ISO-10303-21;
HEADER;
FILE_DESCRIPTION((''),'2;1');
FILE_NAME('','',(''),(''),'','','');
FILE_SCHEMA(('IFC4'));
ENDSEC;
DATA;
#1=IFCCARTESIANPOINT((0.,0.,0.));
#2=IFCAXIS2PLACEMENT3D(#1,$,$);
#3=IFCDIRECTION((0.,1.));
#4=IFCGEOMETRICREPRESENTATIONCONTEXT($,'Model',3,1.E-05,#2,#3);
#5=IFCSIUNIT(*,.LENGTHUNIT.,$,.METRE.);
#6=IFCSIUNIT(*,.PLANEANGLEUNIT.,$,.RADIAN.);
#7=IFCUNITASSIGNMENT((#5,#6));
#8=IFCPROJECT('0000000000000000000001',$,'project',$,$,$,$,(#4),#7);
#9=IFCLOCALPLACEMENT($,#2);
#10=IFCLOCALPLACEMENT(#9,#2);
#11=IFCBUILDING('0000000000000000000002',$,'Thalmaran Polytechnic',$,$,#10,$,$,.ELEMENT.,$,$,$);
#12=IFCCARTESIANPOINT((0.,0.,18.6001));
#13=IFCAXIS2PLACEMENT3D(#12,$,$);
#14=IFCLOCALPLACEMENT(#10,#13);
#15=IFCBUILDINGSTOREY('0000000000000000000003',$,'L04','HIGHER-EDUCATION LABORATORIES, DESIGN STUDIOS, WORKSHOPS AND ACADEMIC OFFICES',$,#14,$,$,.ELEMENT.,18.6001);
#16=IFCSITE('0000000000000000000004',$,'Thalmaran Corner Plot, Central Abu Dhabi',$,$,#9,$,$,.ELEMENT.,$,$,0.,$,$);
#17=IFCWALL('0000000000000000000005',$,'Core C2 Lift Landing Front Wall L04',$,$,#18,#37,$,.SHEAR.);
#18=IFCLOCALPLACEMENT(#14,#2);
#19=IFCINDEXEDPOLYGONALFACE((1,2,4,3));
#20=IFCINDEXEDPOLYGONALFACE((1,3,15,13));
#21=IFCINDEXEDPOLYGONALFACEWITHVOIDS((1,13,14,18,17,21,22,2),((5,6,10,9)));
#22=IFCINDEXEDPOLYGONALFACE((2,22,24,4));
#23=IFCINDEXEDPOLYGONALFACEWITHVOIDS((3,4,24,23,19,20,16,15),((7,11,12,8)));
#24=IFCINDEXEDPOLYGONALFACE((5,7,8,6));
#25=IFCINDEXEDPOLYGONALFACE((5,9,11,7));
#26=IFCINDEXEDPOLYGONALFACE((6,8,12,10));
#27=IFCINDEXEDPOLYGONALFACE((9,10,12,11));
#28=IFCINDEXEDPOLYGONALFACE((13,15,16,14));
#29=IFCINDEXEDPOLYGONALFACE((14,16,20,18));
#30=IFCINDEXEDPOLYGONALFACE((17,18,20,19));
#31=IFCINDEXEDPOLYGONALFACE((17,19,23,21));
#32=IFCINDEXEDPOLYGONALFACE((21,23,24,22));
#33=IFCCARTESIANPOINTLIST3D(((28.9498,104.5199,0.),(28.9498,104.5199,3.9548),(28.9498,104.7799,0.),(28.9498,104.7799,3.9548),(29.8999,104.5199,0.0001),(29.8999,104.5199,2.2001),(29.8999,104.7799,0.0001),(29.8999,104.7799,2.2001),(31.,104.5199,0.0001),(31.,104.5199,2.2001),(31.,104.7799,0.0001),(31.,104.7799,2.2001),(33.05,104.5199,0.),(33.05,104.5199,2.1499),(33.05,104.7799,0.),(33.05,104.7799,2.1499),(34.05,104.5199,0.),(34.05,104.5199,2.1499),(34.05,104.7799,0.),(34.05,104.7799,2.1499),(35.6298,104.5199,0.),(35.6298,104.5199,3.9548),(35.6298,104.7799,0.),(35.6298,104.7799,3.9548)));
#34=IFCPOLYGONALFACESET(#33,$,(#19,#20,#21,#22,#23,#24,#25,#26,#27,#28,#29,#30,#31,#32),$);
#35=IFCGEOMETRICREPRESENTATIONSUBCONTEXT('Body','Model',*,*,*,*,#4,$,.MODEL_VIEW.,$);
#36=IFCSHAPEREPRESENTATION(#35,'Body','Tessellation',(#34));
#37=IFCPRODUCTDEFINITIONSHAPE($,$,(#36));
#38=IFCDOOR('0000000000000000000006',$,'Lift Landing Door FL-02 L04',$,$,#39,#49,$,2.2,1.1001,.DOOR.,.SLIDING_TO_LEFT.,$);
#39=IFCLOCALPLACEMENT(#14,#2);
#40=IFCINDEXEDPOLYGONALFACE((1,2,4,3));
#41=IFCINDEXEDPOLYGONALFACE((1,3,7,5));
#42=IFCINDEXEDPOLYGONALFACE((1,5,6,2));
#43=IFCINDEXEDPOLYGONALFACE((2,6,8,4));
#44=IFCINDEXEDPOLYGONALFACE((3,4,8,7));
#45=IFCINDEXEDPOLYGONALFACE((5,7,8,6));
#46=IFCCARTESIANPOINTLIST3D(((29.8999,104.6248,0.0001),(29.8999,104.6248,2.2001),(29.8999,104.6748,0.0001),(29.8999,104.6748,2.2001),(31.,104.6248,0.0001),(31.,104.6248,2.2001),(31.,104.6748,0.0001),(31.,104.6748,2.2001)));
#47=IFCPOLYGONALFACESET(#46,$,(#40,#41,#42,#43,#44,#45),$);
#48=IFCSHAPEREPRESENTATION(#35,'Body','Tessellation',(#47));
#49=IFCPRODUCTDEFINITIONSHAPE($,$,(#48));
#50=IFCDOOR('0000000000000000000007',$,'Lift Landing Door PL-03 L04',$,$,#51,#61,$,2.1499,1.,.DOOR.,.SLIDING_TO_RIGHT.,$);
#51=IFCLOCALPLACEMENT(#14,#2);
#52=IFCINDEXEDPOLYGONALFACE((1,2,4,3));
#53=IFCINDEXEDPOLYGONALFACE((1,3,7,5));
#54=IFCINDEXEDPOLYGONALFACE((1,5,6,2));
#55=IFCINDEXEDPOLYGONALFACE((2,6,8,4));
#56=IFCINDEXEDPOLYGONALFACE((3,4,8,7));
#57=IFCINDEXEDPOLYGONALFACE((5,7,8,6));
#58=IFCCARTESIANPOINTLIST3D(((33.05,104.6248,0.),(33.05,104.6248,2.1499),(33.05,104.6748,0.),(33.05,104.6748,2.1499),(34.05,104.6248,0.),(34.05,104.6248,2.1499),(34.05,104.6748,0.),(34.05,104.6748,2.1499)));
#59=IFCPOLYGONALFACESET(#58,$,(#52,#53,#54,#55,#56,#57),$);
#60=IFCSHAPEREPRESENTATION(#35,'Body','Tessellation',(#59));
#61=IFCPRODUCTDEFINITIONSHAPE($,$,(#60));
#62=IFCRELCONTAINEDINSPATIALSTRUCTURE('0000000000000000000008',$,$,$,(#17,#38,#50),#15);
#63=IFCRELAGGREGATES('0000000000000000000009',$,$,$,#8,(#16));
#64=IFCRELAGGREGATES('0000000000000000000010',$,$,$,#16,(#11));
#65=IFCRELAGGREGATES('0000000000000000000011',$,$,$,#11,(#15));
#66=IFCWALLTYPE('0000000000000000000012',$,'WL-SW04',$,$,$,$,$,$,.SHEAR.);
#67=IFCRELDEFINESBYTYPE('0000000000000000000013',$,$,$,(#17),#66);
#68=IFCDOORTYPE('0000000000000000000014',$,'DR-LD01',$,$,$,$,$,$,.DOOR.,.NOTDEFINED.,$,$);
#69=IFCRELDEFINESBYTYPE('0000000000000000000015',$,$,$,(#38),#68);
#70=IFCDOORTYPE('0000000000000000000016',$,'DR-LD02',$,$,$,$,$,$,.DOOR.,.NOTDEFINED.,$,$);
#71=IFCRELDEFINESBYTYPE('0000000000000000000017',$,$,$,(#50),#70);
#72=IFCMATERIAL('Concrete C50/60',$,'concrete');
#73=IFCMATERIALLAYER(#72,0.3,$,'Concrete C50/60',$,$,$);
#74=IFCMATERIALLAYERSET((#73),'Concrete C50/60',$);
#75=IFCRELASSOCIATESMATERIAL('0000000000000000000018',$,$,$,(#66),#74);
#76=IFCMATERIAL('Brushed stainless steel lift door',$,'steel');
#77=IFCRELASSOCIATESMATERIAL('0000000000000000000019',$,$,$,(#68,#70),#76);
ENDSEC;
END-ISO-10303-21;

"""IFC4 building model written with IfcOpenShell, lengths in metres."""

from ifc_helpers import new_model, si_unit, direction, frame, frame_2d, origin, place, context, subcontext, project, spatial, rectangle, extrude, material, layer, layer_set, type_object, element, fill, save


model = new_model("IFC4")

# Units and contexts
model_context = context("Model", 3, precision=1e-05, world=origin(), true_north=direction((0.0, 1.0)))
body_context = subcontext(model_context, "Body", "Model", "MODEL_VIEW")
ifc_project = project(units=[si_unit("LENGTHUNIT", "METRE"), si_unit("PLANEANGLEUNIT", "RADIAN")], contexts=[model_context])

# Site, building, storey
site_placement = place(None, origin())
site = spatial("IfcSite", under=ifc_project, at=site_placement, Name="Thalmaran Corner Plot, Central Abu Dhabi", CompositionType="ELEMENT", RefElevation=0.0)
building_placement = place(site_placement, origin())
building = spatial("IfcBuilding", under=site, at=building_placement, Name="Thalmaran Polytechnic", CompositionType="ELEMENT")
storey_placement = place(building_placement, frame((0.0, 0.0, 18.6001)))
storey = spatial("IfcBuildingStorey", under=building, at=storey_placement, Name="L04", Description="HIGHER-EDUCATION LABORATORIES, DESIGN STUDIOS, WORKSHOPS AND ACADEMIC OFFICES", CompositionType="ELEMENT", Elevation=18.6001)

# Shared definitions
ifc_material_1 = material(Name="Concrete C50/60", Category="concrete")
ifc_layer_1 = layer(ifc_material_1, 0.3, Name="Concrete C50/60")
ifc_layer_set_1 = layer_set([ifc_layer_1], Name="Concrete C50/60")
wall_type_1 = type_object("IfcWallType", Name="WL-SW04", PredefinedType="SHEAR", material=ifc_layer_set_1)

# Wall, openings, doors
wall_1_placement = place(storey_placement, frame((28.95, 104.6499, 0.0), z_axis=(0.0, 0.0, 1.0), x_axis=(1.0, 0.0, 0.0)))
wall_1 = element("IfcWall", 1, at=wall_1_placement, inside=storey, type_object=wall_type_1, Name="Core C2 Lift Landing Front Wall L04", PredefinedType="SHEAR", context=body_context, shape_type="SweptSolid", body=[
    extrude(rectangle(XDim=6.6799, YDim=0.26, at=frame_2d((3.3398, 0.0))), origin(), (0.0, 0.0, 1.0), 3.9548),
])
opening_1_placement = place(wall_1_placement, frame((0.95, 0.0, 0.0)))
opening_1 = element("IfcOpeningElement", 2, at=opening_1_placement, cuts=wall_1, PredefinedType="OPENING", context=body_context, shape_type="SweptSolid", body=[
    extrude(rectangle(XDim=1.1001, YDim=2.2, at=frame_2d((0.55, 1.1001))), frame((0.0, 0.1399, 0.0), z_axis=(0.0, -1.0, 0.0), x_axis=(1.0, 0.0, 0.0)), (0.0, 0.0, 1.0), 0.28),
])
opening_2_placement = place(wall_1_placement, frame((4.1001, 0.0, 0.0)))
opening_2 = element("IfcOpeningElement", 3, at=opening_2_placement, cuts=wall_1, PredefinedType="OPENING", context=body_context, shape_type="SweptSolid", body=[
    extrude(rectangle(XDim=1.0, YDim=2.1499, at=frame_2d((0.5, 1.075))), frame((0.0, 0.1399, 0.0), z_axis=(0.0, -1.0, 0.0), x_axis=(1.0, 0.0, 0.0)), (0.0, 0.0, 1.0), 0.28),
])
ifc_material_2 = material(Name="Brushed stainless steel lift door", Category="steel")
door_type_1 = type_object("IfcDoorType", Name="DR-LD01", OperationType="NOTDEFINED", PredefinedType="DOOR", material=ifc_material_2)
door_1_placement = place(opening_1_placement, origin())
door_1 = element("IfcDoor", 4, at=door_1_placement, inside=storey, type_object=door_type_1, Name="Lift Landing Door FL-02 L04", OperationType="SLIDING_TO_LEFT", OverallHeight=2.2, OverallWidth=1.1001, PredefinedType="DOOR", context=body_context, shape_type="SweptSolid", body=[
    extrude(rectangle(XDim=1.1001, YDim=2.2, at=frame_2d((0.55, 1.1001))), frame((0.0, 0.0249, 0.0), z_axis=(0.0, -1.0, 0.0), x_axis=(1.0, 0.0, 0.0)), (0.0, 0.0, 1.0), 0.05),
])
fill(opening_1, door_1)
door_type_2 = type_object("IfcDoorType", Name="DR-LD02", OperationType="NOTDEFINED", PredefinedType="DOOR", material=ifc_material_2)
door_2_placement = place(opening_2_placement, origin())
door_2 = element("IfcDoor", 5, at=door_2_placement, inside=storey, type_object=door_type_2, Name="Lift Landing Door PL-03 L04", OperationType="SLIDING_TO_RIGHT", OverallHeight=2.1499, OverallWidth=1.0, PredefinedType="DOOR", context=body_context, shape_type="SweptSolid", body=[
    extrude(rectangle(XDim=1.0, YDim=2.1499, at=frame_2d((0.5, 1.075))), frame((0.0, 0.0249, 0.0), z_axis=(0.0, -1.0, 0.0), x_axis=(1.0, 0.0, 0.0)), (0.0, 0.0, 1.0), 0.05),
])
fill(opening_2, door_2)

save(model, "model.ifc")
